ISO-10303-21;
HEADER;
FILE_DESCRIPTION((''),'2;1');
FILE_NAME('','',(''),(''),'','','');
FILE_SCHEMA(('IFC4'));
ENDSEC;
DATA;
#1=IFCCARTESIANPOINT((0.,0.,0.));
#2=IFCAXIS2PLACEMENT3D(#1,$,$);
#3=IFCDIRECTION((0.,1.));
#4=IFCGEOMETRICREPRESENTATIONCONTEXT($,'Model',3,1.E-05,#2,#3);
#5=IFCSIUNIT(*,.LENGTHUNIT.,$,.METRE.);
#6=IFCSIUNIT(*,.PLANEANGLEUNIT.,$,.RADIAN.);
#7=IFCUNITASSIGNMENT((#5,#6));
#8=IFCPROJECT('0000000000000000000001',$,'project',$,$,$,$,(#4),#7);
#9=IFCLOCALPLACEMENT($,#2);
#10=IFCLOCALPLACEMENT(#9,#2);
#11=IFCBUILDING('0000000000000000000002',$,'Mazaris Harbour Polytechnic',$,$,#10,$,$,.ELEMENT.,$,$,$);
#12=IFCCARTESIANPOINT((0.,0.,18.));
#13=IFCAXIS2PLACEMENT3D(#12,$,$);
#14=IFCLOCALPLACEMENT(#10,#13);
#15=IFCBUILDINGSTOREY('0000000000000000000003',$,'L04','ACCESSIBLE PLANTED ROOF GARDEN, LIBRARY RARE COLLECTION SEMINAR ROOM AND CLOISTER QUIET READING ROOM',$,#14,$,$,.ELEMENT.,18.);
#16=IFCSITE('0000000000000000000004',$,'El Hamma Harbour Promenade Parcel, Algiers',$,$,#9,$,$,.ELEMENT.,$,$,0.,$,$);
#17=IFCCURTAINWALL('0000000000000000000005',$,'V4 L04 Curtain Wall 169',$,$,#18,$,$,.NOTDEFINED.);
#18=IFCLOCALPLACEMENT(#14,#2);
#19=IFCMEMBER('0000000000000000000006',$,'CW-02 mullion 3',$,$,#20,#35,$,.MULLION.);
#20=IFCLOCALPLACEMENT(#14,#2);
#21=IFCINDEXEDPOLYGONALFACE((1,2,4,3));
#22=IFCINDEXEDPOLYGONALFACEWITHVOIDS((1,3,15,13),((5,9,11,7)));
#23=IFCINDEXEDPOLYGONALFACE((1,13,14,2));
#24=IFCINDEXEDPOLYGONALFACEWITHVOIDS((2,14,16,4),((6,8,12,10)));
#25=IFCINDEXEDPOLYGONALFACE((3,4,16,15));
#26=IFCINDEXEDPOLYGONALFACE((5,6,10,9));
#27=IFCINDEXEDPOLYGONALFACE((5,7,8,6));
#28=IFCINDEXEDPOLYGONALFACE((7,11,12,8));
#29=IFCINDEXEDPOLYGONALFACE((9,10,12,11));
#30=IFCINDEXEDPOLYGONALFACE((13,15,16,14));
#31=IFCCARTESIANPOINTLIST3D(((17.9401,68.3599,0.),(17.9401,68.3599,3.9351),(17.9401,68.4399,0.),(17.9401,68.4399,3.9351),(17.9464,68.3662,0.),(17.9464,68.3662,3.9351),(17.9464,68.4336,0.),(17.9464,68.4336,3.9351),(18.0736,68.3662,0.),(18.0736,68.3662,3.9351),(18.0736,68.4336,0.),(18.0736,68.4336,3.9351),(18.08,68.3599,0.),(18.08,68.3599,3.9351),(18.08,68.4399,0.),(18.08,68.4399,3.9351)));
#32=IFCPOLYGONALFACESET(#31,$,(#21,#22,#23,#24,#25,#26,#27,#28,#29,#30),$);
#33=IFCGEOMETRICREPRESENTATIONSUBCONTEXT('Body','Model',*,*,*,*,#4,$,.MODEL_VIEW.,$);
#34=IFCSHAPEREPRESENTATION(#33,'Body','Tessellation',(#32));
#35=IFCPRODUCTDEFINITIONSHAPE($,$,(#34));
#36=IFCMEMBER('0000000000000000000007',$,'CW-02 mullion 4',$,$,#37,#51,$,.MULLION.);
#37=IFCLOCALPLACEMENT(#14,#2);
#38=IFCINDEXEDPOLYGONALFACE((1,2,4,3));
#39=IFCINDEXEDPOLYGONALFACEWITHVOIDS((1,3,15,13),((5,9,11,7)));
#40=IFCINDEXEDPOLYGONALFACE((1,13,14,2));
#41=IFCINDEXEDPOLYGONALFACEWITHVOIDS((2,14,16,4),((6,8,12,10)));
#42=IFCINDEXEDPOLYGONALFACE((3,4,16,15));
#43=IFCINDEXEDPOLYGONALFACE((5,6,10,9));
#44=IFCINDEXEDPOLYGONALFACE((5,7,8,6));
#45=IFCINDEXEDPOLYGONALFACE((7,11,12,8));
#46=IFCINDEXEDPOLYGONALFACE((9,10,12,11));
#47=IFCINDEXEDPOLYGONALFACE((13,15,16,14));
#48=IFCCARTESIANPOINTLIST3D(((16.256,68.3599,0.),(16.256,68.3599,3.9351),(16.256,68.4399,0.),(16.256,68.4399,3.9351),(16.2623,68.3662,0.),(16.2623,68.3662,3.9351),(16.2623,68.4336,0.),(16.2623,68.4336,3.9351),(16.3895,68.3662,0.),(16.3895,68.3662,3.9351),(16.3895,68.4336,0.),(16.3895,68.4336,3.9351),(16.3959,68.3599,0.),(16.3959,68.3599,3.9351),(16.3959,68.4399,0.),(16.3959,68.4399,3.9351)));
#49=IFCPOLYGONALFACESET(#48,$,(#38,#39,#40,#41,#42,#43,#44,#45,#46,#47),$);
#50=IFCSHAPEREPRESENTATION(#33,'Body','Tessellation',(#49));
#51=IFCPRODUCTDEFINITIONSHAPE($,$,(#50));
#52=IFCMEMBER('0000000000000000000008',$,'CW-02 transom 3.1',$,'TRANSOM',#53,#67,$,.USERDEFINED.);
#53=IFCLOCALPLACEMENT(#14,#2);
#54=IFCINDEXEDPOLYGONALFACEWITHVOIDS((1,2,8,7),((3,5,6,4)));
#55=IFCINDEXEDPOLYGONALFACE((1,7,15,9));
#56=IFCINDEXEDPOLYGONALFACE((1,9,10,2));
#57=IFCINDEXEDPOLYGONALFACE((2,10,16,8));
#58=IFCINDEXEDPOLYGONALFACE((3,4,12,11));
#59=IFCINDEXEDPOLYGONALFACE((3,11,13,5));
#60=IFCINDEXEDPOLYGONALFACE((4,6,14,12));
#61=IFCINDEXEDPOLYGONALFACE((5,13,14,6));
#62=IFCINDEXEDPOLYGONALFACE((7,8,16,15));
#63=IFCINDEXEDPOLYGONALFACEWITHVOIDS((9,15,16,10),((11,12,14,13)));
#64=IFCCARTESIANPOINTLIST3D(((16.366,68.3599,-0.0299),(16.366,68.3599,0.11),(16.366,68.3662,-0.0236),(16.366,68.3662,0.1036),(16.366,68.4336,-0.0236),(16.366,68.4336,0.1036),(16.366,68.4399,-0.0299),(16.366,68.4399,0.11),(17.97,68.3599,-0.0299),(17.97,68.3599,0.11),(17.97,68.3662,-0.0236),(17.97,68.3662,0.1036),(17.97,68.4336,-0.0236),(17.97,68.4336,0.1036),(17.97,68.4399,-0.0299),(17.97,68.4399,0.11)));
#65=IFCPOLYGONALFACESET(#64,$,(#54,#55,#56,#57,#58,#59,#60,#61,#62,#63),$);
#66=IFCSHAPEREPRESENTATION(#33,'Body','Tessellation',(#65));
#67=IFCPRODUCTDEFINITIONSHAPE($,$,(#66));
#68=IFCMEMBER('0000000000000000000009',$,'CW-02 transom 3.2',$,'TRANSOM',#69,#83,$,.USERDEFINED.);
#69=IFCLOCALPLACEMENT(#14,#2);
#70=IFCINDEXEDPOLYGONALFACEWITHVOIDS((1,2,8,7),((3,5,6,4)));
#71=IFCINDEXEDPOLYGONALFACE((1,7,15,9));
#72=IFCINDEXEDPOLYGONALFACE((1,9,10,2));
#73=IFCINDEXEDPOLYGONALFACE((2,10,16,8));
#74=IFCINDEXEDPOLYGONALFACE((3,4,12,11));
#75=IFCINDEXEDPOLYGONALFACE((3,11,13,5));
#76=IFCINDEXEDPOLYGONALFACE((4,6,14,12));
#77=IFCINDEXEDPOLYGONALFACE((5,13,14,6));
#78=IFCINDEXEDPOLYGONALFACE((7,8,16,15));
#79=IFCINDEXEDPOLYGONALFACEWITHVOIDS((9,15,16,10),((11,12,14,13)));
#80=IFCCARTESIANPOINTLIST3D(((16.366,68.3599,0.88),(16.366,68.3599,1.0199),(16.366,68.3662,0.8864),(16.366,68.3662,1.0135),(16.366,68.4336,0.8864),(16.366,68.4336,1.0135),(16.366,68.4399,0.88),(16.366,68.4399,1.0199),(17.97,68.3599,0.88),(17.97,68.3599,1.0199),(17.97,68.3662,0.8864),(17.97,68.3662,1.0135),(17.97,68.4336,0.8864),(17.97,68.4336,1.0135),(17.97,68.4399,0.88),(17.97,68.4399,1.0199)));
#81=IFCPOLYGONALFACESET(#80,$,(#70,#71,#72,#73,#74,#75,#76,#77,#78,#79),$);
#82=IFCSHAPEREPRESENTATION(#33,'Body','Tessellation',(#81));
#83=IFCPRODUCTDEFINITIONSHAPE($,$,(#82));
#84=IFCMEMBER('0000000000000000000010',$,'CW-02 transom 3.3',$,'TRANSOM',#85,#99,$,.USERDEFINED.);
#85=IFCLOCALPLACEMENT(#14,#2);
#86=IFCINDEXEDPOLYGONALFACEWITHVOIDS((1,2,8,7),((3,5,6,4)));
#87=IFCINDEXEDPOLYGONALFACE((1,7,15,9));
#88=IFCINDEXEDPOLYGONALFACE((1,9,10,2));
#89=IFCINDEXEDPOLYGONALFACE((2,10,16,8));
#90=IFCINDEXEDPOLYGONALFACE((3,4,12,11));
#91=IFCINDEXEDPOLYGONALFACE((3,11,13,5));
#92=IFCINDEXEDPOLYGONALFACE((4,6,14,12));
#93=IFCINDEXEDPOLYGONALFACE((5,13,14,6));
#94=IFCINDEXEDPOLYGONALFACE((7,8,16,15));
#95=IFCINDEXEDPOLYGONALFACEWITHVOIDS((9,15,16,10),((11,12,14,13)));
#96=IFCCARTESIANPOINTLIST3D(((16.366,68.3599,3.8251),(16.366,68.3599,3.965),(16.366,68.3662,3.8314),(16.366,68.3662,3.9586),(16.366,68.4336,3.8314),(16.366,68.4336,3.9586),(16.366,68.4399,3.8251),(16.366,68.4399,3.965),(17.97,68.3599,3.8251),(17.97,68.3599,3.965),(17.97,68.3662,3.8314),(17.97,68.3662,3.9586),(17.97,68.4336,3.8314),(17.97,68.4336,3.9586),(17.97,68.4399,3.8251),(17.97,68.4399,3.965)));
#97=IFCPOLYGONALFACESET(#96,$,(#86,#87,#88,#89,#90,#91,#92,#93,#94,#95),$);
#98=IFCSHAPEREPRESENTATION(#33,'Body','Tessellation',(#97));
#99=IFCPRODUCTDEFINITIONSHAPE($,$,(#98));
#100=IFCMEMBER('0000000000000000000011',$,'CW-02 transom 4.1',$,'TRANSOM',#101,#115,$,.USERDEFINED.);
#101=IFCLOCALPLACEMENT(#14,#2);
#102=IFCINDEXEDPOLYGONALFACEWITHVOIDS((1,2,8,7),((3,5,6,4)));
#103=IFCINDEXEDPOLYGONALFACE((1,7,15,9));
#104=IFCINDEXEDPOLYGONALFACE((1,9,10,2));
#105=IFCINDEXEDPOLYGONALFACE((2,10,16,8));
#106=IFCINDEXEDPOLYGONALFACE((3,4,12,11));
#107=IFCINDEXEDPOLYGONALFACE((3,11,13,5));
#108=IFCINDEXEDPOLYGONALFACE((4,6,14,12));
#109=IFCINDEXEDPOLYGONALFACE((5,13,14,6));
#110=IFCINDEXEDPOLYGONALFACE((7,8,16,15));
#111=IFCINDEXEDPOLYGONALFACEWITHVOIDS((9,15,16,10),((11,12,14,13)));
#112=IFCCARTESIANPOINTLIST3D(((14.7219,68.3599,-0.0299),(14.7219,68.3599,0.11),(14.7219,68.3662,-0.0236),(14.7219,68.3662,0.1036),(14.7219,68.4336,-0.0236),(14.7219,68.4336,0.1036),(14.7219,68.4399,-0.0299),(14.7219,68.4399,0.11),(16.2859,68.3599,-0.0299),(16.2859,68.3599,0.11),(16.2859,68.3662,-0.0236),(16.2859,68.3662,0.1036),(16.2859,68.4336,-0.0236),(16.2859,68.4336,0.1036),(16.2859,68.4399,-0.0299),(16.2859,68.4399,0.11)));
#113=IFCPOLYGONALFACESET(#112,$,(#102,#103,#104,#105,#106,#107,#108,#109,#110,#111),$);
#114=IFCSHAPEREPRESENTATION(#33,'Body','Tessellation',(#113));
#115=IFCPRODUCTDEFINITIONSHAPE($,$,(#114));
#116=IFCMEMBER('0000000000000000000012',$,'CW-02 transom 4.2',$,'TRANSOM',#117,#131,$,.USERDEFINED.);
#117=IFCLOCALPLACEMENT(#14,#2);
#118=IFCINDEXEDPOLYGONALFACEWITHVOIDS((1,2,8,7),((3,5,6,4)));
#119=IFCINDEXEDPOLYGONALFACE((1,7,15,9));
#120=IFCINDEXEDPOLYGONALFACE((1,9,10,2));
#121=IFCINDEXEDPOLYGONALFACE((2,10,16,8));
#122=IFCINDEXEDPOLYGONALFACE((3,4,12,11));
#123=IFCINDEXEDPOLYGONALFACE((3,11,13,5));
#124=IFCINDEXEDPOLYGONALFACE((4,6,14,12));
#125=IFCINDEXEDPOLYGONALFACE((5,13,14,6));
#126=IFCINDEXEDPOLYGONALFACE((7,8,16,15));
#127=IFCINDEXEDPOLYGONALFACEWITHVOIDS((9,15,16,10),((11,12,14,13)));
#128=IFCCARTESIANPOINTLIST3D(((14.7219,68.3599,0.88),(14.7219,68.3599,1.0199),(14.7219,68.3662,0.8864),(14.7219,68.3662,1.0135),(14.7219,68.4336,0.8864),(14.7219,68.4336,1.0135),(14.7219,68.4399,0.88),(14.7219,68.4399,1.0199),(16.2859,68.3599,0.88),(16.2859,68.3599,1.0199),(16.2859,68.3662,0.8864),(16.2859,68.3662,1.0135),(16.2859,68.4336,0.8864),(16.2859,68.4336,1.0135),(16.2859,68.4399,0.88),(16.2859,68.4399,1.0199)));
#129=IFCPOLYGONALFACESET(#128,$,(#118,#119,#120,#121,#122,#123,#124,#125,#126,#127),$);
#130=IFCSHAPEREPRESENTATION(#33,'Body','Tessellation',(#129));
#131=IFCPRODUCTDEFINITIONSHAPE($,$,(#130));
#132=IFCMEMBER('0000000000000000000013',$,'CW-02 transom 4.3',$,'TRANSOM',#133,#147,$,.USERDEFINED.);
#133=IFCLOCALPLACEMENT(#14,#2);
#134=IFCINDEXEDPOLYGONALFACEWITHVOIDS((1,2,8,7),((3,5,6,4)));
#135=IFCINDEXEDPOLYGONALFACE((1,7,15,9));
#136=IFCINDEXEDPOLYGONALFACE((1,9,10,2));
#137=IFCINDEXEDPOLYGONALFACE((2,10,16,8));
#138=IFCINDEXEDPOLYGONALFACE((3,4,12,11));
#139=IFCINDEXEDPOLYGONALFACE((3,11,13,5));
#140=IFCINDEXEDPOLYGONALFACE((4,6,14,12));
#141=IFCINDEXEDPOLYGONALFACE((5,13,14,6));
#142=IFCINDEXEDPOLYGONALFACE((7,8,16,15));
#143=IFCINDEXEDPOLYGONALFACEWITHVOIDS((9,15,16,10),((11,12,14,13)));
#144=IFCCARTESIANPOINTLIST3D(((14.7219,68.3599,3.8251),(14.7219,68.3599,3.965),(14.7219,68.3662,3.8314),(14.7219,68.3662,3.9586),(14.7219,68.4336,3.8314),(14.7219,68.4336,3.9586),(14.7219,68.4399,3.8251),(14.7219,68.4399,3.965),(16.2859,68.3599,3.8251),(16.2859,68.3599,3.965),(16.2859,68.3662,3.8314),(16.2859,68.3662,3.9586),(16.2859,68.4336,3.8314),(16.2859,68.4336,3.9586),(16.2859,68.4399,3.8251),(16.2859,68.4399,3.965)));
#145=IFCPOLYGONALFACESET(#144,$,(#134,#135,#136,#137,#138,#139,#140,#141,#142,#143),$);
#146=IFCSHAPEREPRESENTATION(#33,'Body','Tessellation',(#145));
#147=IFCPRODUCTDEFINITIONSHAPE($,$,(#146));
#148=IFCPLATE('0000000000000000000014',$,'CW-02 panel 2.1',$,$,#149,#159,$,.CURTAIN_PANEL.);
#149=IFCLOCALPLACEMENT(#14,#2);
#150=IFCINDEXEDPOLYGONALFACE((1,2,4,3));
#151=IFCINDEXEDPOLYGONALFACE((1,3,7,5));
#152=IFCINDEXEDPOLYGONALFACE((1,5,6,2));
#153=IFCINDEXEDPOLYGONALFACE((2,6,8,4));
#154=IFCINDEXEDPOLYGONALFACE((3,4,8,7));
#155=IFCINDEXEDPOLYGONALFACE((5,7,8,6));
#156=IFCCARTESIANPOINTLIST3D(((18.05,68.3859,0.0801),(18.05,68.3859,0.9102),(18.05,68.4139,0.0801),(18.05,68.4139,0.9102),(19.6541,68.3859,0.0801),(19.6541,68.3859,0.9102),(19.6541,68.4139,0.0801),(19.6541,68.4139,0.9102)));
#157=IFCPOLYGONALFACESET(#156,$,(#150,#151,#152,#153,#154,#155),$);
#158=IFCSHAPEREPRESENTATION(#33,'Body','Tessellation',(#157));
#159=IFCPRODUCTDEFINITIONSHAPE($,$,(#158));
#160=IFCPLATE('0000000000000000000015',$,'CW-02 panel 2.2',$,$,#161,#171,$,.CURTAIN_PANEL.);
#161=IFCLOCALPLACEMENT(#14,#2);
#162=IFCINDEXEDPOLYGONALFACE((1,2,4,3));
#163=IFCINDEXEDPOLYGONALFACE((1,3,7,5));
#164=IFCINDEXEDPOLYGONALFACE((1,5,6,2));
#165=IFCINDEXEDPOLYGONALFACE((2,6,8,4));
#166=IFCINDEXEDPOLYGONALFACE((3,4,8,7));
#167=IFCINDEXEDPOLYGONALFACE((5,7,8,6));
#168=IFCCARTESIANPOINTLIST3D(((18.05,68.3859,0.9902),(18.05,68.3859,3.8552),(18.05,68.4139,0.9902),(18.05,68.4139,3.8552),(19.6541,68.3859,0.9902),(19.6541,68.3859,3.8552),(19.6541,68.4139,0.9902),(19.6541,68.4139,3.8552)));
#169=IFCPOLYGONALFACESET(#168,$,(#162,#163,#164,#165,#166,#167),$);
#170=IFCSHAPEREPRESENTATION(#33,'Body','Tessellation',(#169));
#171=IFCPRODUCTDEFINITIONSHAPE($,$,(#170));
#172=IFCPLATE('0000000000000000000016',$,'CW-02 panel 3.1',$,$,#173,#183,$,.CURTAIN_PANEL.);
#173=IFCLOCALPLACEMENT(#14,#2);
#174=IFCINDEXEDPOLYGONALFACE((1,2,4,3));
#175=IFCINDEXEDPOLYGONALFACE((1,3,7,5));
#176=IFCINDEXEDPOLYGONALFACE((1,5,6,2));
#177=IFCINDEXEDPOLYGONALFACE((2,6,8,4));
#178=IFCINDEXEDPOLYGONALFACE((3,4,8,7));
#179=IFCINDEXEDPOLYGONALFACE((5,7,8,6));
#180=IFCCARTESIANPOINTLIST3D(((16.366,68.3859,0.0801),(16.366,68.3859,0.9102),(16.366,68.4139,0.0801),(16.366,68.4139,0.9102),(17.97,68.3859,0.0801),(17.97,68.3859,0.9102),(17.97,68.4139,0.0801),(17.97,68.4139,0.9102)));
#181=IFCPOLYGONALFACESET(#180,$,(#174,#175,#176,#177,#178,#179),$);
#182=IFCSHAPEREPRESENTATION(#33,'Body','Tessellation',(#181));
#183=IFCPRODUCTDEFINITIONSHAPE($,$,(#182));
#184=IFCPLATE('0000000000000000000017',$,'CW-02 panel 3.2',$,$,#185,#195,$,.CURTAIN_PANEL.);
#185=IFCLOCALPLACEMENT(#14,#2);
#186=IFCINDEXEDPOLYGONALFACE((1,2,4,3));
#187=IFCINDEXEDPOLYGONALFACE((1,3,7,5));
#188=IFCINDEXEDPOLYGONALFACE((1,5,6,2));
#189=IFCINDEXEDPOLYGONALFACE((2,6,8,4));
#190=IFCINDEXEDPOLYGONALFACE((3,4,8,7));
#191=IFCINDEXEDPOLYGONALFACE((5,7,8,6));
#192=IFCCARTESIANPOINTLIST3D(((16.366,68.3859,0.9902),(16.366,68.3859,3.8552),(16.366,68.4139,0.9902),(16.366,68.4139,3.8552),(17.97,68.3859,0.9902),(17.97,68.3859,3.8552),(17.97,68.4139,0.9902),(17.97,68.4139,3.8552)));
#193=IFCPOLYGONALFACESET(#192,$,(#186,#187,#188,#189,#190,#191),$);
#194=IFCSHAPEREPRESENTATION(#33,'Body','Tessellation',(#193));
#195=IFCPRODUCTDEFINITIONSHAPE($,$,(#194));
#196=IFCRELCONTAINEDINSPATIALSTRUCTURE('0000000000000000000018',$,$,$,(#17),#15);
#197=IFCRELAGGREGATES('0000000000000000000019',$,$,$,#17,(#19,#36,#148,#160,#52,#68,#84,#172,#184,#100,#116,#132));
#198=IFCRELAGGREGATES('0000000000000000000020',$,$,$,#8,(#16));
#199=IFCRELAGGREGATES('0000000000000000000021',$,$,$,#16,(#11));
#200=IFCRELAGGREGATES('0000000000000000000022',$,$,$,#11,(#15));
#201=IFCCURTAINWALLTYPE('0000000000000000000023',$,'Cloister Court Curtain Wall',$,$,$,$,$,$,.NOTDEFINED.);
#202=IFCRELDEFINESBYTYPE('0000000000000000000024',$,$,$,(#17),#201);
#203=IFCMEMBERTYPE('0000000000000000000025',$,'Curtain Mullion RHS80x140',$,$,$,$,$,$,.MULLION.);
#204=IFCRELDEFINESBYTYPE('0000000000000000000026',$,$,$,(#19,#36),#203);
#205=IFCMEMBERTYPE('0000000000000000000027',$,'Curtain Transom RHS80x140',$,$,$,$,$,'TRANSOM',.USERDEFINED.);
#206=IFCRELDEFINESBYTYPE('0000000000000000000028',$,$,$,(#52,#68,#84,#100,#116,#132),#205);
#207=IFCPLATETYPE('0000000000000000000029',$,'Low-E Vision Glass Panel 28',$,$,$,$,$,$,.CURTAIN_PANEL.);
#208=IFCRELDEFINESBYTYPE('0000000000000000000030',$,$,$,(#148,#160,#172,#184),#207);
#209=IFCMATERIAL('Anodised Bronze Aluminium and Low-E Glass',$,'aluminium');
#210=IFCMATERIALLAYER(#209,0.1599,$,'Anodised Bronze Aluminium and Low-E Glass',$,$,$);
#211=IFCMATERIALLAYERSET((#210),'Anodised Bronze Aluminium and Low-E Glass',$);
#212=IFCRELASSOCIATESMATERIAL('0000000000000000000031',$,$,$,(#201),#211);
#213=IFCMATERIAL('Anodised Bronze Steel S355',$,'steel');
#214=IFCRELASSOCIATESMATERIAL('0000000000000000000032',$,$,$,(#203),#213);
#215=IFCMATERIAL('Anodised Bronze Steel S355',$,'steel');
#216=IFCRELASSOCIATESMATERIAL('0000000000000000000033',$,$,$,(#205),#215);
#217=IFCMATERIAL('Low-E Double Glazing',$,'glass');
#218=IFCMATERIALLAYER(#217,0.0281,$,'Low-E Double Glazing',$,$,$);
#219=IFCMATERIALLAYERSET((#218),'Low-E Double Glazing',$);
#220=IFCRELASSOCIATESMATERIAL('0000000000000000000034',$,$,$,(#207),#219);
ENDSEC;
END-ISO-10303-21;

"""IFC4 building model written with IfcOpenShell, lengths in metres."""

from ifc_helpers import new_model, si_unit, direction, frame, origin, origin_2d, place, context, subcontext, project, spatial, rectangle, hollow_rectangle, extrude, material, layer, layer_set, material_profile, profile_set, type_object, element, aggregate, save


model = new_model("IFC4")

# Units and contexts
model_context = context("Model", 3, precision=1e-05, world=origin(), true_north=direction((0.0, 1.0)))
body_context = subcontext(model_context, "Body", "Model", "MODEL_VIEW")
ifc_project = project(units=[si_unit("LENGTHUNIT", "METRE"), si_unit("PLANEANGLEUNIT", "RADIAN")], contexts=[model_context])

# Site, building, storey
site_placement = place(None, origin())
site = spatial("IfcSite", under=ifc_project, at=site_placement, Name="El Hamma Harbour Promenade Parcel, Algiers", CompositionType="ELEMENT", RefElevation=0.0)
building_placement = place(site_placement, origin())
building = spatial("IfcBuilding", under=site, at=building_placement, Name="Mazaris Harbour Polytechnic", CompositionType="ELEMENT")
storey_placement = place(building_placement, frame((0.0, 0.0, 18.0)))
storey = spatial("IfcBuildingStorey", under=building, at=storey_placement, Name="L04", Description="ACCESSIBLE PLANTED ROOF GARDEN, LIBRARY RARE COLLECTION SEMINAR ROOM AND CLOISTER QUIET READING ROOM", CompositionType="ELEMENT", Elevation=18.0)

# Curtain wall, members, plates
ifc_material_1 = material(Name="Anodised Bronze Aluminium and Low-E Glass", Category="aluminium")
ifc_layer_1 = layer(ifc_material_1, 0.1599, Name="Anodised Bronze Aluminium and Low-E Glass")
ifc_layer_set_1 = layer_set([ifc_layer_1], Name="Anodised Bronze Aluminium and Low-E Glass")
curtain_wall_type = type_object("IfcCurtainWallType", Name="Cloister Court Curtain Wall", PredefinedType="NOTDEFINED", material=ifc_layer_set_1)
curtain_wall_placement = place(storey_placement, origin())
curtain_wall = element("IfcCurtainWall", 1, at=curtain_wall_placement, inside=storey, type_object=curtain_wall_type, Name="V4 L04 Curtain Wall 169", PredefinedType="NOTDEFINED")
ifc_material_2 = material(Name="Anodised Bronze Steel S355", Category="steel")
ifc_material_profile_1 = material_profile(ifc_material_2, hollow_rectangle(XDim=0.0801, YDim=0.1399, WallThickness=0.0063, at=origin_2d()), Name="RHS 80x140x6.3")
ifc_profile_set_1 = profile_set([ifc_material_profile_1], Name="Anodised Bronze Steel S355")
member_type_1 = type_object("IfcMemberType", Name="Curtain Mullion RHS80x140", PredefinedType="MULLION", material=ifc_profile_set_1)
member_1_placement = place(storey_placement, frame((18.01, 68.3999, 0.0), z_axis=(0.0, 0.0, 1.0), x_axis=(0.0, -1.0, 0.0)))
member_1 = element("IfcMember", 2, at=member_1_placement, type_object=member_type_1, Name="CW-02 mullion 3", PredefinedType="MULLION", context=body_context, shape_type="SweptSolid", body=[
    extrude(hollow_rectangle(XDim=0.0801, YDim=0.1399, WallThickness=0.0063, at=origin_2d()), origin(), (0.0, 0.0, 1.0), 3.9351),
])
member_2_placement = place(storey_placement, frame((16.3259, 68.3999, 0.0), z_axis=(0.0, 0.0, 1.0), x_axis=(0.0, -1.0, 0.0)))
member_2 = element("IfcMember", 3, at=member_2_placement, type_object=member_type_1, Name="CW-02 mullion 4", PredefinedType="MULLION", context=body_context, shape_type="SweptSolid", body=[
    extrude(hollow_rectangle(XDim=0.0801, YDim=0.1399, WallThickness=0.0063, at=origin_2d()), origin(), (0.0, 0.0, 1.0), 3.9351),
])
ifc_material_3 = material(Name="Anodised Bronze Steel S355", Category="steel")
ifc_material_profile_2 = material_profile(ifc_material_3, hollow_rectangle(XDim=0.0801, YDim=0.1399, WallThickness=0.0063, at=origin_2d()), Name="RHS 80x140x6.3")
ifc_profile_set_2 = profile_set([ifc_material_profile_2], Name="Anodised Bronze Steel S355")
member_type_2 = type_object("IfcMemberType", Name="Curtain Transom RHS80x140", ElementType="TRANSOM", PredefinedType="USERDEFINED", material=ifc_profile_set_2)
member_3_placement = place(storey_placement, frame((17.97, 68.3999, 0.04), z_axis=(-1.0, 0.0, 0.0), x_axis=(0.0, -1.0, 0.0)))
member_3 = element("IfcMember", 4, at=member_3_placement, type_object=member_type_2, Name="CW-02 transom 3.1", ObjectType="TRANSOM", PredefinedType="USERDEFINED", context=body_context, shape_type="SweptSolid", body=[
    extrude(hollow_rectangle(XDim=0.0801, YDim=0.1399, WallThickness=0.0063, at=origin_2d()), origin(), (0.0, 0.0, 1.0), 1.604),
])
member_4_placement = place(storey_placement, frame((17.97, 68.3999, 0.95), z_axis=(-1.0, 0.0, 0.0), x_axis=(0.0, -1.0, 0.0)))
member_4 = element("IfcMember", 5, at=member_4_placement, type_object=member_type_2, Name="CW-02 transom 3.2", ObjectType="TRANSOM", PredefinedType="USERDEFINED", context=body_context, shape_type="SweptSolid", body=[
    extrude(hollow_rectangle(XDim=0.0801, YDim=0.1399, WallThickness=0.0063, at=origin_2d()), origin(), (0.0, 0.0, 1.0), 1.604),
])
member_5_placement = place(storey_placement, frame((17.97, 68.3999, 3.895), z_axis=(-1.0, 0.0, 0.0), x_axis=(0.0, -1.0, 0.0)))
member_5 = element("IfcMember", 6, at=member_5_placement, type_object=member_type_2, Name="CW-02 transom 3.3", ObjectType="TRANSOM", PredefinedType="USERDEFINED", context=body_context, shape_type="SweptSolid", body=[
    extrude(hollow_rectangle(XDim=0.0801, YDim=0.1399, WallThickness=0.0063, at=origin_2d()), origin(), (0.0, 0.0, 1.0), 1.604),
])
member_6_placement = place(storey_placement, frame((16.2859, 68.3999, 0.04), z_axis=(-1.0, 0.0, 0.0), x_axis=(0.0, -1.0, 0.0)))
member_6 = element("IfcMember", 7, at=member_6_placement, type_object=member_type_2, Name="CW-02 transom 4.1", ObjectType="TRANSOM", PredefinedType="USERDEFINED", context=body_context, shape_type="SweptSolid", body=[
    extrude(hollow_rectangle(XDim=0.0801, YDim=0.1399, WallThickness=0.0063, at=origin_2d()), origin(), (0.0, 0.0, 1.0), 1.564),
])
member_7_placement = place(storey_placement, frame((16.2859, 68.3999, 0.95), z_axis=(-1.0, 0.0, 0.0), x_axis=(0.0, -1.0, 0.0)))
member_7 = element("IfcMember", 8, at=member_7_placement, type_object=member_type_2, Name="CW-02 transom 4.2", ObjectType="TRANSOM", PredefinedType="USERDEFINED", context=body_context, shape_type="SweptSolid", body=[
    extrude(hollow_rectangle(XDim=0.0801, YDim=0.1399, WallThickness=0.0063, at=origin_2d()), origin(), (0.0, 0.0, 1.0), 1.564),
])
member_8_placement = place(storey_placement, frame((16.2859, 68.3999, 3.895), z_axis=(-1.0, 0.0, 0.0), x_axis=(0.0, -1.0, 0.0)))
member_8 = element("IfcMember", 9, at=member_8_placement, type_object=member_type_2, Name="CW-02 transom 4.3", ObjectType="TRANSOM", PredefinedType="USERDEFINED", context=body_context, shape_type="SweptSolid", body=[
    extrude(hollow_rectangle(XDim=0.0801, YDim=0.1399, WallThickness=0.0063, at=origin_2d()), origin(), (0.0, 0.0, 1.0), 1.564),
])
ifc_material_4 = material(Name="Low-E Double Glazing", Category="glass")
ifc_layer_2 = layer(ifc_material_4, 0.0281, Name="Low-E Double Glazing")
ifc_layer_set_2 = layer_set([ifc_layer_2], Name="Low-E Double Glazing")
plate_type = type_object("IfcPlateType", Name="Low-E Vision Glass Panel 28", PredefinedType="CURTAIN_PANEL", material=ifc_layer_set_2)
plate_1_placement = place(storey_placement, frame((18.8521, 68.3999, 0.0801), z_axis=(0.0, 0.0, 1.0), x_axis=(-1.0, 0.0, 0.0)))
plate_1 = element("IfcPlate", 10, at=plate_1_placement, type_object=plate_type, Name="CW-02 panel 2.1", PredefinedType="CURTAIN_PANEL", context=body_context, shape_type="SweptSolid", body=[
    extrude(rectangle(XDim=1.604, YDim=0.0281, at=origin_2d()), origin(), (0.0, 0.0, 1.0), 0.8301),
])
plate_2_placement = place(storey_placement, frame((18.8521, 68.3999, 0.9902), z_axis=(0.0, 0.0, 1.0), x_axis=(-1.0, 0.0, 0.0)))
plate_2 = element("IfcPlate", 11, at=plate_2_placement, type_object=plate_type, Name="CW-02 panel 2.2", PredefinedType="CURTAIN_PANEL", context=body_context, shape_type="SweptSolid", body=[
    extrude(rectangle(XDim=1.604, YDim=0.0281, at=origin_2d()), origin(), (0.0, 0.0, 1.0), 2.865),
])
plate_3_placement = place(storey_placement, frame((17.168, 68.3999, 0.0801), z_axis=(0.0, 0.0, 1.0), x_axis=(-1.0, 0.0, 0.0)))
plate_3 = element("IfcPlate", 12, at=plate_3_placement, type_object=plate_type, Name="CW-02 panel 3.1", PredefinedType="CURTAIN_PANEL", context=body_context, shape_type="SweptSolid", body=[
    extrude(rectangle(XDim=1.604, YDim=0.0281, at=origin_2d()), origin(), (0.0, 0.0, 1.0), 0.8301),
])
plate_4_placement = place(storey_placement, frame((17.168, 68.3999, 0.9902), z_axis=(0.0, 0.0, 1.0), x_axis=(-1.0, 0.0, 0.0)))
plate_4 = element("IfcPlate", 13, at=plate_4_placement, type_object=plate_type, Name="CW-02 panel 3.2", PredefinedType="CURTAIN_PANEL", context=body_context, shape_type="SweptSolid", body=[
    extrude(rectangle(XDim=1.604, YDim=0.0281, at=origin_2d()), origin(), (0.0, 0.0, 1.0), 2.865),
])
aggregate(curtain_wall, [member_1, member_2, plate_1, plate_2, member_3, member_4, member_5, plate_3, plate_4, member_6, member_7, member_8])

save(model, "model.ifc")
